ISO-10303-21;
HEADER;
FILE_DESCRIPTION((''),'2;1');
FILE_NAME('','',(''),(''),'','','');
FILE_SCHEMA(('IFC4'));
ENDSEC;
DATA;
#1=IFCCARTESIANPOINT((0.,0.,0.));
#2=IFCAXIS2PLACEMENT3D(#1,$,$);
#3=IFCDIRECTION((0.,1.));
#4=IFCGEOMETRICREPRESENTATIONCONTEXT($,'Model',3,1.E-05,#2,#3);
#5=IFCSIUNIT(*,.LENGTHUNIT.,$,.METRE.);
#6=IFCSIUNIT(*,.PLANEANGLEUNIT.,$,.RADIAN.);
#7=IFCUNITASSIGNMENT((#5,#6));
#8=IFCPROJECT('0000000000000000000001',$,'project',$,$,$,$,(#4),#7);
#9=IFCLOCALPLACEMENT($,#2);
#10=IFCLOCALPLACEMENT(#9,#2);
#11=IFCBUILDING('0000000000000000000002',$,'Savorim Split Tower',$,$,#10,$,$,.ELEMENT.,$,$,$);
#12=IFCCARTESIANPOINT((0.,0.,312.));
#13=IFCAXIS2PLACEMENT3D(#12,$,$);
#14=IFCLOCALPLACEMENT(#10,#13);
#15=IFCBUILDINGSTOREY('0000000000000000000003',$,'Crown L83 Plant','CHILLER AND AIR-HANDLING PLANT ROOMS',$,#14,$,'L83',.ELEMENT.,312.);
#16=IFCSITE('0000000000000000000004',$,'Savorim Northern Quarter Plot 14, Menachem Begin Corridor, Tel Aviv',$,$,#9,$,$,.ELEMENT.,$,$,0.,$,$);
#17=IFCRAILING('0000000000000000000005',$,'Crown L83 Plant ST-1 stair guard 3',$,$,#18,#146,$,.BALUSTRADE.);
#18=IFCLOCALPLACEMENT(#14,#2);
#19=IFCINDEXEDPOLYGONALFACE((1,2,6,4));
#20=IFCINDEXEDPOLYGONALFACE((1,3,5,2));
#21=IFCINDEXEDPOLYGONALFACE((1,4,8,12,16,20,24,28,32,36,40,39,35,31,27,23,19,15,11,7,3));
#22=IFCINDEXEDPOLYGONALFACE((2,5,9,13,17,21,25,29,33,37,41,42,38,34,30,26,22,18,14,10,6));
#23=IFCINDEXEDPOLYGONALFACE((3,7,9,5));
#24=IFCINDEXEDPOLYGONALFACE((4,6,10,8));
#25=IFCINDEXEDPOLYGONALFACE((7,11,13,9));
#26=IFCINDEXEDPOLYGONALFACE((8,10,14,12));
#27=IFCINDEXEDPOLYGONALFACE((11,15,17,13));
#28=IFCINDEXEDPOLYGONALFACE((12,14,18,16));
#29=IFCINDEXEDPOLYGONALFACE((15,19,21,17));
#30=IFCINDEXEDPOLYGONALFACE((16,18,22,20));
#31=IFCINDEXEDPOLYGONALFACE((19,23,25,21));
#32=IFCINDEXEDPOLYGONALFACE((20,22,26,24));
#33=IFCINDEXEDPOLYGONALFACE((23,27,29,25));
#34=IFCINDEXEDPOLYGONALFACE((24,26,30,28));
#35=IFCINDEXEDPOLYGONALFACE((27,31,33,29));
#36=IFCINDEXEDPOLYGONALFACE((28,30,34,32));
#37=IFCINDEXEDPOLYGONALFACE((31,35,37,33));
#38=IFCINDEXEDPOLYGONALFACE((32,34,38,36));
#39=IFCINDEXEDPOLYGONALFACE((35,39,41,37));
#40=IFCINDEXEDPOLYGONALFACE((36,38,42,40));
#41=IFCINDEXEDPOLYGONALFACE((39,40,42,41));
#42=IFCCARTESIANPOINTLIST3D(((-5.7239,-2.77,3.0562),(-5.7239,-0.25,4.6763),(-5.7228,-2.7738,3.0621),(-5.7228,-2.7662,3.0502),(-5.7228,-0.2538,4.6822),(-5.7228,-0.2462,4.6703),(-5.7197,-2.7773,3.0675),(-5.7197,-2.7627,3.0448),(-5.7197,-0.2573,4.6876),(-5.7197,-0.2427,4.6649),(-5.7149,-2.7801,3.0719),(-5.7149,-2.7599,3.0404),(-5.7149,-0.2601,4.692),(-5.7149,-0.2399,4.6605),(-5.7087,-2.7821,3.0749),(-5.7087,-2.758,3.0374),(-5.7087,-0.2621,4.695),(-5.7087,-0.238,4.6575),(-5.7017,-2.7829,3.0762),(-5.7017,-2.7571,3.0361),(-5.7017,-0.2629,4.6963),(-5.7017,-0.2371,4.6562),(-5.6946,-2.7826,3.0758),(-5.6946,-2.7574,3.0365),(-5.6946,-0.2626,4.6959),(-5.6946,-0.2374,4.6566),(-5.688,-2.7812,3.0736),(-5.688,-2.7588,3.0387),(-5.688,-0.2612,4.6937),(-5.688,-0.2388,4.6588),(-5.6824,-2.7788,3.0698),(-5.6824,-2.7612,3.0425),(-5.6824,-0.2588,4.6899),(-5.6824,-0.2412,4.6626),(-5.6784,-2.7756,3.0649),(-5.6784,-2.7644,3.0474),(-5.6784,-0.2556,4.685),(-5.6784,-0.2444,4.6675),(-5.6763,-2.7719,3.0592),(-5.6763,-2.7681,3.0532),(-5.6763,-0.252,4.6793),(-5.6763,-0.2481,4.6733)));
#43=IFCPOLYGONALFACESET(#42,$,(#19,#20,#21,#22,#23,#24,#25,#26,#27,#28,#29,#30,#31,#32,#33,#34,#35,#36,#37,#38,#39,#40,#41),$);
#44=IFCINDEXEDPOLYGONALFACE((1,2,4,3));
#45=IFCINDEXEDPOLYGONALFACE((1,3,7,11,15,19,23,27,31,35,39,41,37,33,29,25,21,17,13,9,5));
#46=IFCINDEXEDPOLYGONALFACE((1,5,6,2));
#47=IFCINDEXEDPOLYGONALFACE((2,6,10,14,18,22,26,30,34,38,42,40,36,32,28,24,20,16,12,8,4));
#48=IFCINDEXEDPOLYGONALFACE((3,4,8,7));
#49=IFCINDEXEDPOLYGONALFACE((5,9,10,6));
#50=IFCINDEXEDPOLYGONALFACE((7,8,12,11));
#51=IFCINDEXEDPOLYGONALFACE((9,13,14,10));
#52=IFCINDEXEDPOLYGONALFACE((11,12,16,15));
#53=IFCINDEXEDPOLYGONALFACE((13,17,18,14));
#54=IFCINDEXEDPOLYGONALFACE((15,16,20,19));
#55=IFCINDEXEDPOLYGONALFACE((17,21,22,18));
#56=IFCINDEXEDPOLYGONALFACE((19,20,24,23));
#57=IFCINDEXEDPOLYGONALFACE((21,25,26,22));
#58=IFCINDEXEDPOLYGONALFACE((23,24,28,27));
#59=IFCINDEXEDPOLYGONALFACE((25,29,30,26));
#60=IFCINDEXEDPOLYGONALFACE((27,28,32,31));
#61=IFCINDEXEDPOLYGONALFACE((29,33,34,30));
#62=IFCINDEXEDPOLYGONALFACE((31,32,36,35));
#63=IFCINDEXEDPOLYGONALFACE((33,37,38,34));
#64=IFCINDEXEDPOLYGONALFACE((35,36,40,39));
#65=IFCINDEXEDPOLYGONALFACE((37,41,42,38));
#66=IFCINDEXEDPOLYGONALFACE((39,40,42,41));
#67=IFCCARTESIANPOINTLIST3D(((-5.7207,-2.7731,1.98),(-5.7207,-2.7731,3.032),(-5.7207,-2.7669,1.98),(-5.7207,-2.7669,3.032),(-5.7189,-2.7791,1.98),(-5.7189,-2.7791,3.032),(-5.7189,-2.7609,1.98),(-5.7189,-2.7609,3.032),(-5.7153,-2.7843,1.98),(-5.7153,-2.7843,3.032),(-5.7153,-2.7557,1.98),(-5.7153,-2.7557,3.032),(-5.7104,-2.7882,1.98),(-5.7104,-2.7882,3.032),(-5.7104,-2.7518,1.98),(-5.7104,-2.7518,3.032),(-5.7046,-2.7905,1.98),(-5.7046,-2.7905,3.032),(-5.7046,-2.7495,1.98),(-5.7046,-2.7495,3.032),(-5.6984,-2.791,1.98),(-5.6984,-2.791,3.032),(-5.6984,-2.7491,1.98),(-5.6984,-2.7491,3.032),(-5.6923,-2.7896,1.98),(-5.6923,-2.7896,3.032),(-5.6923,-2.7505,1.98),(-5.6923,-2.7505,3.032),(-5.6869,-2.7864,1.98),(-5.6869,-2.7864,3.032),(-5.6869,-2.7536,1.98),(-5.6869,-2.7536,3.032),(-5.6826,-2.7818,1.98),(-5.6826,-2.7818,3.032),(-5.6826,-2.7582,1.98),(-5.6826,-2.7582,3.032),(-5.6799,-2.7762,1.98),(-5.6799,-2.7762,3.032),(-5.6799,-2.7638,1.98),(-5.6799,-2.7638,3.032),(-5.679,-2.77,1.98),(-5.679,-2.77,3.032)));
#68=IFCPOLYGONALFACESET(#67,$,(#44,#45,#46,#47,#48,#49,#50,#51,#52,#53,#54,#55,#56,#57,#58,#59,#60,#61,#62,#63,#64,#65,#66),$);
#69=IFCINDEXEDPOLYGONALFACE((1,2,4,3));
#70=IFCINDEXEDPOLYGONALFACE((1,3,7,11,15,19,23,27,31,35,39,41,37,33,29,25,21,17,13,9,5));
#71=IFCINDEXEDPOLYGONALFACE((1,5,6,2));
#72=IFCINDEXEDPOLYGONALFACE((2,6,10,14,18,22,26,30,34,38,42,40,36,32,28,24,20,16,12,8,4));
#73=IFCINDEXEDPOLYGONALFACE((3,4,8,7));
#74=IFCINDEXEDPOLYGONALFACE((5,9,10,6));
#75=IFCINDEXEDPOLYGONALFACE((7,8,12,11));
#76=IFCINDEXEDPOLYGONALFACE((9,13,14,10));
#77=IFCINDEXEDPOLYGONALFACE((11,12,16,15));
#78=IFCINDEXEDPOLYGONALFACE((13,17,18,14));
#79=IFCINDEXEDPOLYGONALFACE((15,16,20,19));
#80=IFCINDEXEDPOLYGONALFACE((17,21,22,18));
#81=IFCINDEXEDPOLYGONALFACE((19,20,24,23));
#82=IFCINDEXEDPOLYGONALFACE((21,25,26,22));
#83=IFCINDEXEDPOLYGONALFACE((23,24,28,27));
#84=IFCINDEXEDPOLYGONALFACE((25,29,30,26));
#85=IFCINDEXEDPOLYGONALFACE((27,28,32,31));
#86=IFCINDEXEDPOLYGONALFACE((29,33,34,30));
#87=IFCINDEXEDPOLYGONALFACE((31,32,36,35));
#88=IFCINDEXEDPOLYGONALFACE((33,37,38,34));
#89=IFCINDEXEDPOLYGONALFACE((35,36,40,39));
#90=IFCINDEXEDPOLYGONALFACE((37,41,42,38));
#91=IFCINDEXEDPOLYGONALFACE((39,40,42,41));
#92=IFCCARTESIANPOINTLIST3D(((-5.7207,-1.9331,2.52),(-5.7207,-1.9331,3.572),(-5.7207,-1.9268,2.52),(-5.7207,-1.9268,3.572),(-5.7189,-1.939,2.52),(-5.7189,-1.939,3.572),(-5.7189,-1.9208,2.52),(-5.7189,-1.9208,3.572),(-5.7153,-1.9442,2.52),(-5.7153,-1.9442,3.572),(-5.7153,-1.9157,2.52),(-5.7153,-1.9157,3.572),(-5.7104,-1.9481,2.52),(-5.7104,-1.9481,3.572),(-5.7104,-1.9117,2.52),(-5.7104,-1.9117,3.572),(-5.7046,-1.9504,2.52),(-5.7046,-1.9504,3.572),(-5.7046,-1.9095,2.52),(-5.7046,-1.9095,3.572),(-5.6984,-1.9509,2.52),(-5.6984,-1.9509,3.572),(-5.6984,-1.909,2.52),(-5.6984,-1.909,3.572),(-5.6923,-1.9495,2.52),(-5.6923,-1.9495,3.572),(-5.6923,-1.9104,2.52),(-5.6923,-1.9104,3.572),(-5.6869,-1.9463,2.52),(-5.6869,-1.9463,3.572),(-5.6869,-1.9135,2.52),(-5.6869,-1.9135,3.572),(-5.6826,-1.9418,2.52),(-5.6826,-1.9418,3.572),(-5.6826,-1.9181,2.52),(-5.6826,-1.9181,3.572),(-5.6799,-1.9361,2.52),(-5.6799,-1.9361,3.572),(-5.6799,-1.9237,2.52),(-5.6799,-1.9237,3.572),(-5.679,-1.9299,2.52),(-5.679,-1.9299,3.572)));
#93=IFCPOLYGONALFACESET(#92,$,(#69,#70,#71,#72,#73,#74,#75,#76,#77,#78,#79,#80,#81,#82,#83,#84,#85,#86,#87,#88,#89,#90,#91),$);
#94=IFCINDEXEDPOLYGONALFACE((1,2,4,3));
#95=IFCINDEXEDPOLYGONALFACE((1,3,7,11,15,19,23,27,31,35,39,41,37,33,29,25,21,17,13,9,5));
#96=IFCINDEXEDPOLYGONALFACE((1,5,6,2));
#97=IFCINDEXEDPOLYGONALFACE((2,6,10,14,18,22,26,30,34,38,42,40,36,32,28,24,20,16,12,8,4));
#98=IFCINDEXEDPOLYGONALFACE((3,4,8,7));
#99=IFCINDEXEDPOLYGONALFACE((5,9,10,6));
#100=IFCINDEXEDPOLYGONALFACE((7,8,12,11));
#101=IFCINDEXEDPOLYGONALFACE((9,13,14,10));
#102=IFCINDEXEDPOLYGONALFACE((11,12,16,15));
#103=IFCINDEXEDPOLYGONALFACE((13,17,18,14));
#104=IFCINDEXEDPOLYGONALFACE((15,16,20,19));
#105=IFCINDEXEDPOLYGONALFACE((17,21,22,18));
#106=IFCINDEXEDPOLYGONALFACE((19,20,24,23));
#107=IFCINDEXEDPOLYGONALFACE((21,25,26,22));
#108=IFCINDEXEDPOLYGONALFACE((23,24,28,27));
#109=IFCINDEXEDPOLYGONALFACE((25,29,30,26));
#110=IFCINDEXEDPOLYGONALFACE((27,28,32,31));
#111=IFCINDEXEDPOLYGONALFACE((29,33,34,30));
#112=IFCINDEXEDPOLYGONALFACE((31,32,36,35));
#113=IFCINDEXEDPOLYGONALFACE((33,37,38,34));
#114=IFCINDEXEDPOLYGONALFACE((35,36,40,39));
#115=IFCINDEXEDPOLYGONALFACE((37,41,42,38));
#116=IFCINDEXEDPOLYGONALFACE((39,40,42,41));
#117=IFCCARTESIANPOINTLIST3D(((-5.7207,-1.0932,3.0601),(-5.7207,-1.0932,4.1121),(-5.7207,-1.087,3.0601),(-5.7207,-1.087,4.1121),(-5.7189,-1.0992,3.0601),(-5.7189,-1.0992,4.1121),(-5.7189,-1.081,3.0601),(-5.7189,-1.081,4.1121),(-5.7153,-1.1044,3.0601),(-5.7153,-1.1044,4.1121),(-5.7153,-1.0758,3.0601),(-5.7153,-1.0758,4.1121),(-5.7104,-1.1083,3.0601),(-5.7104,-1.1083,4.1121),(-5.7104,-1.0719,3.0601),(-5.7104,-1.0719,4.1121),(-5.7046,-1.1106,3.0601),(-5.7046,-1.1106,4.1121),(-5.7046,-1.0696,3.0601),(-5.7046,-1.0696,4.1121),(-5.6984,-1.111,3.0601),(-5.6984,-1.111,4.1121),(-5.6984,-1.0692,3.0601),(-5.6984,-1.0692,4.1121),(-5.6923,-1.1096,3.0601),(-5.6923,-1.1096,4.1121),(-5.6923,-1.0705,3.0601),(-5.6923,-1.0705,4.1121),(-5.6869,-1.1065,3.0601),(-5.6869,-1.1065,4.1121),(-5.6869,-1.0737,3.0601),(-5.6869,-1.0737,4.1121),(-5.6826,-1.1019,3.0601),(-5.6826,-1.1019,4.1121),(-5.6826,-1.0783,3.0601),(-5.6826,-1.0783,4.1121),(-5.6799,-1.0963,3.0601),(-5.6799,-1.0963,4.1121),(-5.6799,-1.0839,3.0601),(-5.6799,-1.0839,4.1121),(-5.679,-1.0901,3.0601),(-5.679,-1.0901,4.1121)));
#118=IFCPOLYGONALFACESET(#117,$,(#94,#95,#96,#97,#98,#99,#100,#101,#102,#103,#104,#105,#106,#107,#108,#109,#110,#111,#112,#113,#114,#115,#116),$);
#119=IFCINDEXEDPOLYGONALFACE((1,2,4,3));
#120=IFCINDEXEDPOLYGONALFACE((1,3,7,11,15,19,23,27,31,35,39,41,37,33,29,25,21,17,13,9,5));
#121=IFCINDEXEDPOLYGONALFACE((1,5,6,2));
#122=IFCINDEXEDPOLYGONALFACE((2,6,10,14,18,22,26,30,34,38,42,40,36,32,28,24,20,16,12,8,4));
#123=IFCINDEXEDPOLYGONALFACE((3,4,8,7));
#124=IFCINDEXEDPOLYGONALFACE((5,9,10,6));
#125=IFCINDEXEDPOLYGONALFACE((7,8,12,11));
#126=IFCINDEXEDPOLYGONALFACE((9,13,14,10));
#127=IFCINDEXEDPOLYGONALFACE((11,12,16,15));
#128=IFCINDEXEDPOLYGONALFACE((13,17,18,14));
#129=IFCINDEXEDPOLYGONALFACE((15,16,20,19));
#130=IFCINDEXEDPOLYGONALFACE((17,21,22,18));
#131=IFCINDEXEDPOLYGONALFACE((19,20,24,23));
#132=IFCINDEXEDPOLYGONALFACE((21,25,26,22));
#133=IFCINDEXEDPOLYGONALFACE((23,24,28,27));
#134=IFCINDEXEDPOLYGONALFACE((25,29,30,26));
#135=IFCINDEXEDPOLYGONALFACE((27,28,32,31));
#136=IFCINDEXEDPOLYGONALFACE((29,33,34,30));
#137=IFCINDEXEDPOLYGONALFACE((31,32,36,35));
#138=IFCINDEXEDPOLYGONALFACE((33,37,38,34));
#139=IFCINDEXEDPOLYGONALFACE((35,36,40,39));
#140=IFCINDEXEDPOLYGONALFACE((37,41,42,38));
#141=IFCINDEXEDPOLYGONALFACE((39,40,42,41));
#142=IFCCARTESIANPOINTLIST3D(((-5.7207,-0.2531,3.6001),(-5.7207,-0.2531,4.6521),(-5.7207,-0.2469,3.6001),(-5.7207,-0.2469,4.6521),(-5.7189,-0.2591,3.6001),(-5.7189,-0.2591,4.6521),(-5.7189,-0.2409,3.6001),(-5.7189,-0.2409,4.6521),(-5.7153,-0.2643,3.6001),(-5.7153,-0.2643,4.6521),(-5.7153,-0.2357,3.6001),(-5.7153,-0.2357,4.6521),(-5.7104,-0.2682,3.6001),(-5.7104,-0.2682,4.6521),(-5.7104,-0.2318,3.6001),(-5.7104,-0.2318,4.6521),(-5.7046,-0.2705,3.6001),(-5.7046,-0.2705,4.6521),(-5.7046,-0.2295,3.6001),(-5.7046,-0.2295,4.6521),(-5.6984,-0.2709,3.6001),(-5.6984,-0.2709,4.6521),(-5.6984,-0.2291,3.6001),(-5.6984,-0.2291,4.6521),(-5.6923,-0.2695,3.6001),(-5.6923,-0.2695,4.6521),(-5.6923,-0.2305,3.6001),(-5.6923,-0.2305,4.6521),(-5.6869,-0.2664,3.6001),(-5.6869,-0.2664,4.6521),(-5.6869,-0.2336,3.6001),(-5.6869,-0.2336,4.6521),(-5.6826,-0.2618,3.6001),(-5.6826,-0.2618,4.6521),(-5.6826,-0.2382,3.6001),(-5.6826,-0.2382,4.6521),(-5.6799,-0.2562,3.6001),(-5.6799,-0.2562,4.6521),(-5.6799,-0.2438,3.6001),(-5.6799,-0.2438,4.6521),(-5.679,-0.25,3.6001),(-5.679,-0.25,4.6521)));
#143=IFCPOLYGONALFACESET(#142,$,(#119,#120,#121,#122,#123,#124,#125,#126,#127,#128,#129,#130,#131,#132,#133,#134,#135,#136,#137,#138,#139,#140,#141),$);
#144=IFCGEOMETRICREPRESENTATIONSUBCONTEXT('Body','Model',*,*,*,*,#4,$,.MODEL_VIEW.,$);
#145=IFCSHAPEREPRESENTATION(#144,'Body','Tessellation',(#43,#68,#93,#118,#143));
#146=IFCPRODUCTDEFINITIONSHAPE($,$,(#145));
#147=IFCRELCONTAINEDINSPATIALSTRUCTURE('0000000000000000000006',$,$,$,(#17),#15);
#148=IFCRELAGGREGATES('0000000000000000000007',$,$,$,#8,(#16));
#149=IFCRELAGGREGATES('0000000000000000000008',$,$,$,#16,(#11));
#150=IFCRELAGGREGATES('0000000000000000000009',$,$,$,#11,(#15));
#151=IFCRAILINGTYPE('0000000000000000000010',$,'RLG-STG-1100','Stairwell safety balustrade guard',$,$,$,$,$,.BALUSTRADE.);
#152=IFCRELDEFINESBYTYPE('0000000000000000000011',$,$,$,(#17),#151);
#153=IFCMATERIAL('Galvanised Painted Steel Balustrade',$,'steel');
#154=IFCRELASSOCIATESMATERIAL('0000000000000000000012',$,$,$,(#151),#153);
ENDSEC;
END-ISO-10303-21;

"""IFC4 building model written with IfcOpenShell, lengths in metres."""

from ifc_helpers import new_model, si_unit, direction, frame, origin, origin_2d, place, context, subcontext, project, spatial, circle, extrude, material, type_object, element, save


model = new_model("IFC4")

# Units and contexts
model_context = context("Model", 3, precision=1e-05, world=origin(), true_north=direction((0.0, 1.0)))
body_context = subcontext(model_context, "Body", "Model", "MODEL_VIEW")
ifc_project = project(units=[si_unit("LENGTHUNIT", "METRE"), si_unit("PLANEANGLEUNIT", "RADIAN")], contexts=[model_context])

# Site, building, storey
site_placement = place(None, origin())
site = spatial("IfcSite", under=ifc_project, at=site_placement, Name="Savorim Northern Quarter Plot 14, Menachem Begin Corridor, Tel Aviv", CompositionType="ELEMENT", RefElevation=0.0)
building_placement = place(site_placement, origin())
building = spatial("IfcBuilding", under=site, at=building_placement, Name="Savorim Split Tower", CompositionType="ELEMENT")
storey_placement = place(building_placement, frame((0.0, 0.0, 312.0)))
storey = spatial("IfcBuildingStorey", under=building, at=storey_placement, Name="Crown L83 Plant", Description="CHILLER AND AIR-HANDLING PLANT ROOMS", LongName="L83", CompositionType="ELEMENT", Elevation=312.0)

# Railing
ifc_material_1 = material(Name="Galvanised Painted Steel Balustrade", Category="steel")
railing_type_1 = type_object("IfcRailingType", Name="RLG-STG-1100", Description="Stairwell safety balustrade guard", PredefinedType="BALUSTRADE", material=ifc_material_1)
railing_1_placement = place(storey_placement, frame((-5.7, -2.77, 1.98)))
element("IfcRailing", 1, at=railing_1_placement, inside=storey, type_object=railing_type_1, Name="Crown L83 Plant ST-1 stair guard 3", PredefinedType="BALUSTRADE", context=body_context, shape_type="SweptSolid", body=[
    extrude(circle(Radius=0.0239, at=origin_2d()), frame((0.0, 0.0, 1.0762), z_axis=(0.0, 0.841163, 0.540782), x_axis=(-1.0, 0.0, 0.0)), (0.0, 0.0, 1.0), 2.9958),
    extrude(circle(Radius=0.021, at=origin_2d()), origin(), (0.0, 0.0, 1.0), 1.052),
    extrude(circle(Radius=0.021, at=origin_2d()), frame((0.0, 0.8401, 0.54)), (0.0, 0.0, 1.0), 1.052),
    extrude(circle(Radius=0.021, at=origin_2d()), frame((0.0, 1.6799, 1.0801)), (0.0, 0.0, 1.0), 1.052),
    extrude(circle(Radius=0.021, at=origin_2d()), frame((0.0, 2.52, 1.6201)), (0.0, 0.0, 1.0), 1.052),
])

save(model, "model.ifc")
